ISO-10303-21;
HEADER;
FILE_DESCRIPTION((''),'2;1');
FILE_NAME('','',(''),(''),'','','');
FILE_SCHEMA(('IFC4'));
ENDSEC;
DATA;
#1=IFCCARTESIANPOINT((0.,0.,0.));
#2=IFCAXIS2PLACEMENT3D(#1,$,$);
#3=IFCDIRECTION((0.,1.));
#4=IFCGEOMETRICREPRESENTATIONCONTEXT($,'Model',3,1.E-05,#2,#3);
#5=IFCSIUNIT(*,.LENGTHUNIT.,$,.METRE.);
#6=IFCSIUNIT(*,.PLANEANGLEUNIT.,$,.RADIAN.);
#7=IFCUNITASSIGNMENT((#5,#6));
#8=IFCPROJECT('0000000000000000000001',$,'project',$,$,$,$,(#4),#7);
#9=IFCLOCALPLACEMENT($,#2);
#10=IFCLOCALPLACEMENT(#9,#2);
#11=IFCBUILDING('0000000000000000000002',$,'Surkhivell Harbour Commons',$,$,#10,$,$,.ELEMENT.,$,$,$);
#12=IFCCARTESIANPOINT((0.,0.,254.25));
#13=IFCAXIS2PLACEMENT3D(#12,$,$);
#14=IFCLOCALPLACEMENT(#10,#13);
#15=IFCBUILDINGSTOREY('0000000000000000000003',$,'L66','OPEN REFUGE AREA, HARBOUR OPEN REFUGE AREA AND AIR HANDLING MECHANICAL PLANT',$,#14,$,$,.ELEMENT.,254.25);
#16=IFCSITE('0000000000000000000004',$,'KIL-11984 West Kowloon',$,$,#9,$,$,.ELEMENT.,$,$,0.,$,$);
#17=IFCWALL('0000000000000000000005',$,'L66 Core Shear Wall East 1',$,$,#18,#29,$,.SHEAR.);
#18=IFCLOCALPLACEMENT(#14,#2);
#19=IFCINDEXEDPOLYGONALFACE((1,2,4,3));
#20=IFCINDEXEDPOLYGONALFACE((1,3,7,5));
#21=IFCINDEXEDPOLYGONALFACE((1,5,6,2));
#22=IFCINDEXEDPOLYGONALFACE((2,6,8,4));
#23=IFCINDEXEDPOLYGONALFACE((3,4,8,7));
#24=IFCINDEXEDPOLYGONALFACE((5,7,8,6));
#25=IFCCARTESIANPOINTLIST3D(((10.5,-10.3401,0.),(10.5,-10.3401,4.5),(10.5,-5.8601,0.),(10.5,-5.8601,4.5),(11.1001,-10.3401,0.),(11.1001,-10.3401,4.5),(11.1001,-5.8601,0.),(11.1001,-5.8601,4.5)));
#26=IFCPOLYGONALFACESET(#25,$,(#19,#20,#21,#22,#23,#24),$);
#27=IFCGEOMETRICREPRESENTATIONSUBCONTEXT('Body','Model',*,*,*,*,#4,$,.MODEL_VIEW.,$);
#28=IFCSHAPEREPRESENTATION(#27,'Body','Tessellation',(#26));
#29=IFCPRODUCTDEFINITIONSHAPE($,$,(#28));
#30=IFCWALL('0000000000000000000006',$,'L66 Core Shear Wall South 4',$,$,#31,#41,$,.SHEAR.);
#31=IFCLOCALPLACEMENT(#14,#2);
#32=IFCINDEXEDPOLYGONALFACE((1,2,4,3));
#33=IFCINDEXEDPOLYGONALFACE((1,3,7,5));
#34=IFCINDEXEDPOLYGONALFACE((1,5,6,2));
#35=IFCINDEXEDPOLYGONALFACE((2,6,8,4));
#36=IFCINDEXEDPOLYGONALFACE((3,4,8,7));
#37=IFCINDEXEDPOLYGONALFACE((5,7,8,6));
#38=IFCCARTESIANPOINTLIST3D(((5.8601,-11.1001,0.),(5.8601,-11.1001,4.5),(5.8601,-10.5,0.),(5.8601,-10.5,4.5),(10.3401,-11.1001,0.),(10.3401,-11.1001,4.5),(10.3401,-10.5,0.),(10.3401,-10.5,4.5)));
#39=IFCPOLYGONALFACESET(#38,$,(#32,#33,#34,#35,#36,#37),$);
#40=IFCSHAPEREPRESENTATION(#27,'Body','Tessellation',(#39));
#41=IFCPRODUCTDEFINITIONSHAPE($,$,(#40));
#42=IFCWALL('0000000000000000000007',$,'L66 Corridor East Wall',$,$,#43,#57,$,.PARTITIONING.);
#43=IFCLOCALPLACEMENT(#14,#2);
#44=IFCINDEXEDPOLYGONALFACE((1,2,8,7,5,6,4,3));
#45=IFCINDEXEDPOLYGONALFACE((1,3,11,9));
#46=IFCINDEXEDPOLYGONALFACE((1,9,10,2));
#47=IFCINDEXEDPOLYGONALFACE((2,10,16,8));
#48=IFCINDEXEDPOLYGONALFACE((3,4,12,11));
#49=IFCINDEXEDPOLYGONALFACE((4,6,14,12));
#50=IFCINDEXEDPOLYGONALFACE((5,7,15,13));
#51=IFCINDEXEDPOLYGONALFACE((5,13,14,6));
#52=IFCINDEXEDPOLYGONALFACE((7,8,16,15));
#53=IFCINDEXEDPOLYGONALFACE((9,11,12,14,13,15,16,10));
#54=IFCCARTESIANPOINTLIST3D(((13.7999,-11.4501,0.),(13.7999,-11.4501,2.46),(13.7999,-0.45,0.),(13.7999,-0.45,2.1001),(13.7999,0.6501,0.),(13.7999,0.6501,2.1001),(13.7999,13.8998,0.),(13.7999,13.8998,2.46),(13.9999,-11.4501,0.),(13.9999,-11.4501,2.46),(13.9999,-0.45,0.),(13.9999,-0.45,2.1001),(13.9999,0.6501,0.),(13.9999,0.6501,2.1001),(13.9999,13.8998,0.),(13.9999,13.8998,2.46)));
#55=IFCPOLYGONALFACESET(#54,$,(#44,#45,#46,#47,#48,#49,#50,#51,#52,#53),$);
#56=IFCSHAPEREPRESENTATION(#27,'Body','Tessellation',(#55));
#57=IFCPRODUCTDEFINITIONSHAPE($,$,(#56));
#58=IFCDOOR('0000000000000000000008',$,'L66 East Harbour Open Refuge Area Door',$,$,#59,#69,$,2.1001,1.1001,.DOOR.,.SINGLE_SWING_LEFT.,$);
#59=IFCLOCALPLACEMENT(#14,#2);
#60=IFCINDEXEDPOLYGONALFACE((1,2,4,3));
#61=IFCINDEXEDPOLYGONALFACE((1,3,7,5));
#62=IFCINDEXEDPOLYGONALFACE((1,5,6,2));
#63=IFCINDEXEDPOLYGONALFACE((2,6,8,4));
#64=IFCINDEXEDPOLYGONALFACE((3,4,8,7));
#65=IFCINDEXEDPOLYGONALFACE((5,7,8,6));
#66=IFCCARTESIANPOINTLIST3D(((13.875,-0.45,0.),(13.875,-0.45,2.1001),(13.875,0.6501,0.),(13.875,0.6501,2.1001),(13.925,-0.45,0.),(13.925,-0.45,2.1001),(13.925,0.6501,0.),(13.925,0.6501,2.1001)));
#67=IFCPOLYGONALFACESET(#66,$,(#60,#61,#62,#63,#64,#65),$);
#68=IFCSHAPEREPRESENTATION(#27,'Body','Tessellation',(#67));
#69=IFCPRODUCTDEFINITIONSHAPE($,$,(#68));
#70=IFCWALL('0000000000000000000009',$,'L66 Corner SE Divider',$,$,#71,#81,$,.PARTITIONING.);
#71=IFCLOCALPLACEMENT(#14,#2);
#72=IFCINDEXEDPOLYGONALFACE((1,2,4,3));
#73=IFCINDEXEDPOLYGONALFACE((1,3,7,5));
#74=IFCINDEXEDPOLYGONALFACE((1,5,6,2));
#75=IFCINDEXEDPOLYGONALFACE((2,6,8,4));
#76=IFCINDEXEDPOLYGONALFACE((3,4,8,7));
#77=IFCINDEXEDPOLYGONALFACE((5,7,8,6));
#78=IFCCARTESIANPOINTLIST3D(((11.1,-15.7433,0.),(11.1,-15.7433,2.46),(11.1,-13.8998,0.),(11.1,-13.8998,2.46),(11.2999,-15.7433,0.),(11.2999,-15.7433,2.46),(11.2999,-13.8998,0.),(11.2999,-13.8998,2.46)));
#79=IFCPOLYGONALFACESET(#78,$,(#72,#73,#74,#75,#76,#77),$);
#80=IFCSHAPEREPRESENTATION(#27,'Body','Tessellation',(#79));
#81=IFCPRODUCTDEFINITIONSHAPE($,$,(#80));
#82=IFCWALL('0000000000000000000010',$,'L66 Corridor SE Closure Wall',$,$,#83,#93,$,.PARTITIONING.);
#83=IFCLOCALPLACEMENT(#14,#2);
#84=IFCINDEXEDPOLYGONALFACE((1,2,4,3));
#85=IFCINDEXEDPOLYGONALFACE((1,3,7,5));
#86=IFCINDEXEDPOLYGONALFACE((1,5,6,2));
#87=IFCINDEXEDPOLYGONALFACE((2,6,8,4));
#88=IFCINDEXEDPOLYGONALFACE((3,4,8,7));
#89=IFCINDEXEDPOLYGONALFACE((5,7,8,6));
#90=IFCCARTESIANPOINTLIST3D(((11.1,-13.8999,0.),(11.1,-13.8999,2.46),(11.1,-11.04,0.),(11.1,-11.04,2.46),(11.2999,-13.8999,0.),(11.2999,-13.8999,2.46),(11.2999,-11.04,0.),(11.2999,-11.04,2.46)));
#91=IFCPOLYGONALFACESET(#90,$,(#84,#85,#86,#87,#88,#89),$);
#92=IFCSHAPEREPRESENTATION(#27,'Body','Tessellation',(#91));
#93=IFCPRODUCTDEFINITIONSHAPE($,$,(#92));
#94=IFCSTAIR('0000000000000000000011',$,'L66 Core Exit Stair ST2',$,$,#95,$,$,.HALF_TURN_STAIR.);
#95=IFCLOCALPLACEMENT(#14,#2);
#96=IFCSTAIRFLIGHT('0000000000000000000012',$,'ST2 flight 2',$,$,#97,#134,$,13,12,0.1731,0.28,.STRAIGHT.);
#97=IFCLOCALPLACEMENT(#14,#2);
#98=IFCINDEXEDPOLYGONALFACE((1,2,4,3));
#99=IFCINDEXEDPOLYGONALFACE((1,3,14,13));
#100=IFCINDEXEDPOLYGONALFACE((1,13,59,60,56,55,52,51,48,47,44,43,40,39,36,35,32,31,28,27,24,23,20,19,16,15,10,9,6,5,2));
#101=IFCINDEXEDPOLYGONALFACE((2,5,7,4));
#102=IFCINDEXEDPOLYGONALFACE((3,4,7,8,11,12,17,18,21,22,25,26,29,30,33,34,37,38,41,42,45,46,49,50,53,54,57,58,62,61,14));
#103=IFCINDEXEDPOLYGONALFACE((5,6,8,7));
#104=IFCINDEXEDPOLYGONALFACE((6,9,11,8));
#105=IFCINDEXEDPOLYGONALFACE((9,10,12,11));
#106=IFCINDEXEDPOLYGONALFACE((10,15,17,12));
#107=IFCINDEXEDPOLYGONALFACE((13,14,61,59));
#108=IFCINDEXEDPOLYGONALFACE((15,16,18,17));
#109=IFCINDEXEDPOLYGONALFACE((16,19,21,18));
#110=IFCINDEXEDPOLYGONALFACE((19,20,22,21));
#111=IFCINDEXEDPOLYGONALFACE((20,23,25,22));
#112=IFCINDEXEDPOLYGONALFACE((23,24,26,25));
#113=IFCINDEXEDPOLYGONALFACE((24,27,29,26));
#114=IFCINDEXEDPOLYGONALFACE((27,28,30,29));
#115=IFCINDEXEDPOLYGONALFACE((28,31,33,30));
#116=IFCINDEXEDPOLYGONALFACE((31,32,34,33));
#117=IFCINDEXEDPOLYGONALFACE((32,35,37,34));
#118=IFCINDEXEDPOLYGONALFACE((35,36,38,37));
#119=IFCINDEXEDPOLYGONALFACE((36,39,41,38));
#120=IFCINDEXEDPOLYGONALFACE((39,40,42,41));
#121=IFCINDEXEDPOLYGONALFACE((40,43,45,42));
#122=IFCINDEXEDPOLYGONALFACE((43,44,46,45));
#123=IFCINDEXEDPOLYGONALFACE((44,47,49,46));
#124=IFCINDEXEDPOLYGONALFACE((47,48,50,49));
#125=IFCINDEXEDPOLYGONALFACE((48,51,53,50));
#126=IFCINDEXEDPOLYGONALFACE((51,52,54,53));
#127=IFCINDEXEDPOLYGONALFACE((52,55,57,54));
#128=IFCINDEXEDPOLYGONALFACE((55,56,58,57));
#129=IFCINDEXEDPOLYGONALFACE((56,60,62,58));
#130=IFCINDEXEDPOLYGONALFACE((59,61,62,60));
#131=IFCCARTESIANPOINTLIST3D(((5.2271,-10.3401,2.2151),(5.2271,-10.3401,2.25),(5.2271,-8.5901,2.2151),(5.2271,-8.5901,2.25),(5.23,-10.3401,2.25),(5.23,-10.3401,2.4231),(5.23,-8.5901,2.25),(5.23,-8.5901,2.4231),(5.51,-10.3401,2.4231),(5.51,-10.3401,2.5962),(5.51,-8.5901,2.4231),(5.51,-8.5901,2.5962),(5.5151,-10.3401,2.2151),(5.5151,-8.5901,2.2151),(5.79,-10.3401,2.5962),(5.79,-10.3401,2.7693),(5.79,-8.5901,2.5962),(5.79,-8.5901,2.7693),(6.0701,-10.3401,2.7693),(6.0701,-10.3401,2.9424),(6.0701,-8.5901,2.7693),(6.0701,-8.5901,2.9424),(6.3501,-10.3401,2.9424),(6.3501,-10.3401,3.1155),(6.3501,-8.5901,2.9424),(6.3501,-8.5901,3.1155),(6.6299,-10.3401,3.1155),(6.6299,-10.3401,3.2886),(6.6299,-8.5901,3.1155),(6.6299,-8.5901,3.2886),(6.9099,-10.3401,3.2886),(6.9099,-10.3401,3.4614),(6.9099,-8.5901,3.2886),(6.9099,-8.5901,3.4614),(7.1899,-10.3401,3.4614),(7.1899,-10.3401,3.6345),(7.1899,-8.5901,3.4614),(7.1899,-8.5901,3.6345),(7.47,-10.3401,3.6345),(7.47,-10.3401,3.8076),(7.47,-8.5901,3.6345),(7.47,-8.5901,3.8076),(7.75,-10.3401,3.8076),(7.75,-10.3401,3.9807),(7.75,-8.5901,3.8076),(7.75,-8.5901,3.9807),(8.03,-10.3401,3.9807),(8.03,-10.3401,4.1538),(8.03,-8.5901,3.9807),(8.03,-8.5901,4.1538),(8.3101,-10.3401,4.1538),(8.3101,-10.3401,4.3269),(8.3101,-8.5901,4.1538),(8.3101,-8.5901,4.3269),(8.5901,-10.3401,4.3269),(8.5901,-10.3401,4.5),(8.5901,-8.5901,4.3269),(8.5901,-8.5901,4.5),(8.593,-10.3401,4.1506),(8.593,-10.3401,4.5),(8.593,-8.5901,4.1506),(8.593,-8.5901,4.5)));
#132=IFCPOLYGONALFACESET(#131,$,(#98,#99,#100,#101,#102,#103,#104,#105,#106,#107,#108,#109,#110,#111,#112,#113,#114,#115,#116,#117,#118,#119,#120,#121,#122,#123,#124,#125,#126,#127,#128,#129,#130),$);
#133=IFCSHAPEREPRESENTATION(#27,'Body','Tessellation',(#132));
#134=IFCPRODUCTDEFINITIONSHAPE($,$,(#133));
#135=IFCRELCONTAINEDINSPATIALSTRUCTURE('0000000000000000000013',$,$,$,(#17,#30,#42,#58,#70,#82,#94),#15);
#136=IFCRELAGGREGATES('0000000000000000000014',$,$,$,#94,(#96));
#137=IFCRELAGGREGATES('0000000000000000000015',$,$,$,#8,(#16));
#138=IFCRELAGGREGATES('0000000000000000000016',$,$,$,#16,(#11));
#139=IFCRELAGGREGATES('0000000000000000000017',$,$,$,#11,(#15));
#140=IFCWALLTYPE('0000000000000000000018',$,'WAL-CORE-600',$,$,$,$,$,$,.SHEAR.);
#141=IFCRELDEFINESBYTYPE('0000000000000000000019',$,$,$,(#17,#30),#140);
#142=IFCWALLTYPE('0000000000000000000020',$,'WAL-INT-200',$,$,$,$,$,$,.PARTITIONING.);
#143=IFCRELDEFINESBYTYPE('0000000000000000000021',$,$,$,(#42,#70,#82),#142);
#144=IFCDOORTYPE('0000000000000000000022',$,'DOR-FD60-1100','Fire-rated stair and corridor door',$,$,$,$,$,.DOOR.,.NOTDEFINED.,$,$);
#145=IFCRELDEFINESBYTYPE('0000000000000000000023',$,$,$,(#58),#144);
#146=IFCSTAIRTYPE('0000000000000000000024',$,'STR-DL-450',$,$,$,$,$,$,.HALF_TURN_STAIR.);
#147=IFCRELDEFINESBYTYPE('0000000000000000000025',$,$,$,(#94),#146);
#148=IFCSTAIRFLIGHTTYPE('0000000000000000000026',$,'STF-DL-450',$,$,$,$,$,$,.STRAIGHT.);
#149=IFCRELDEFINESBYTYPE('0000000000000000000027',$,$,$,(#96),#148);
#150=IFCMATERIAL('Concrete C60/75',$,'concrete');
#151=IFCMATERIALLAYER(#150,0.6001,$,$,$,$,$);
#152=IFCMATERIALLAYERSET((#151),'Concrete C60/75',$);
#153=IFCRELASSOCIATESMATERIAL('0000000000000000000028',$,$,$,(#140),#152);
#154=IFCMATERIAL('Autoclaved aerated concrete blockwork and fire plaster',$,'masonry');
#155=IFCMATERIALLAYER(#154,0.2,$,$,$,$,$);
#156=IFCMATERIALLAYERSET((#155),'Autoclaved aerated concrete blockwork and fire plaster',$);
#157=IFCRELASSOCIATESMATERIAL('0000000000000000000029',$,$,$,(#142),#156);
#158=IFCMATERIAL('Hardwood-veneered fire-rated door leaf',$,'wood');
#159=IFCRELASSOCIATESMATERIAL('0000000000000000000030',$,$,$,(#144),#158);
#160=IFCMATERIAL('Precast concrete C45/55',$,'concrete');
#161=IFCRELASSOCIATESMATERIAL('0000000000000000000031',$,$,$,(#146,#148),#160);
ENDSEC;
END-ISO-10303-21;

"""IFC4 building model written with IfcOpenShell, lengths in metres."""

from ifc_helpers import new_model, si_unit, direction, frame, frame_2d, origin, place, context, subcontext, project, spatial, polyline, rectangle, outline, extrude, material, layer, layer_set, type_object, element, fill, aggregate, save


model = new_model("IFC4")

# Units and contexts
model_context = context("Model", 3, precision=1e-05, world=origin(), true_north=direction((0.0, 1.0)))
body_context = subcontext(model_context, "Body", "Model", "MODEL_VIEW")
ifc_project = project(units=[si_unit("LENGTHUNIT", "METRE"), si_unit("PLANEANGLEUNIT", "RADIAN")], contexts=[model_context])

# Site, building, storey
site_placement = place(None, origin())
site = spatial("IfcSite", under=ifc_project, at=site_placement, Name="KIL-11984 West Kowloon", CompositionType="ELEMENT", RefElevation=0.0)
building_placement = place(site_placement, origin())
building = spatial("IfcBuilding", under=site, at=building_placement, Name="Surkhivell Harbour Commons", CompositionType="ELEMENT")
storey_placement = place(building_placement, frame((0.0, 0.0, 254.25)))
storey = spatial("IfcBuildingStorey", under=building, at=storey_placement, Name="L66", Description="OPEN REFUGE AREA, HARBOUR OPEN REFUGE AREA AND AIR HANDLING MECHANICAL PLANT", CompositionType="ELEMENT", Elevation=254.25)

# Shared definitions
ifc_material_1 = material(Name="Concrete C60/75", Category="concrete")

# Walls
ifc_layer_1 = layer(ifc_material_1, 0.6001)
ifc_layer_set_1 = layer_set([ifc_layer_1], Name="Concrete C60/75")
wall_type_1 = type_object("IfcWallType", Name="WAL-CORE-600", PredefinedType="SHEAR", material=ifc_layer_set_1)
for number, where, z_axis, x_axis, name in (
    (1, (10.8, -10.3401, 0.0), (0.0, 0.0, 1.0), (0.0, 1.0, 0.0), "L66 Core Shear Wall East 1"),
    (2, (5.8601, -10.8, 0.0), (0.0, 0.0, 1.0), (1.0, 0.0, 0.0), "L66 Core Shear Wall South 4"),
):
    element("IfcWall", number, at=place(storey_placement, frame(where, z_axis=z_axis, x_axis=x_axis)), inside=storey, type_object=wall_type_1, Name=name, PredefinedType="SHEAR", context=body_context, shape_type="SweptSolid", body=[
        extrude(rectangle(XDim=4.48, YDim=0.6001, at=frame_2d((2.24, 0.0))), origin(), (0.0, 0.0, 1.0), 4.5),
    ])

# Wall, opening, door
ifc_material_2 = material(Name="Autoclaved aerated concrete blockwork and fire plaster", Category="masonry")
ifc_layer_2 = layer(ifc_material_2, 0.2)
ifc_layer_set_2 = layer_set([ifc_layer_2], Name="Autoclaved aerated concrete blockwork and fire plaster")
wall_type_2 = type_object("IfcWallType", Name="WAL-INT-200", PredefinedType="PARTITIONING", material=ifc_layer_set_2)
wall_1_placement = place(storey_placement, frame((13.8999, -11.45, 0.0), z_axis=(0.0, 0.0, 1.0), x_axis=(0.0, 1.0, 0.0)))
wall_1 = element("IfcWall", 3, at=wall_1_placement, inside=storey, type_object=wall_type_2, Name="L66 Corridor East Wall", PredefinedType="PARTITIONING", context=body_context, shape_type="SweptSolid", body=[
    extrude(rectangle(XDim=25.3499, YDim=0.2, at=frame_2d((12.6748, 0.0))), origin(), (0.0, 0.0, 1.0), 2.46),
])
opening_placement = place(wall_1_placement, frame((11.0, 0.0, 0.0)))
opening = element("IfcOpeningElement", 4, at=opening_placement, cuts=wall_1, PredefinedType="OPENING", context=body_context, shape_type="SweptSolid", body=[
    extrude(rectangle(XDim=1.1001, YDim=2.1001, at=frame_2d((0.55, 1.05))), frame((0.0, 0.1099, 0.0), z_axis=(0.0, -1.0, 0.0), x_axis=(1.0, 0.0, 0.0)), (0.0, 0.0, 1.0), 0.22),
])
ifc_material_3 = material(Name="Hardwood-veneered fire-rated door leaf", Category="wood")
door_type = type_object("IfcDoorType", Name="DOR-FD60-1100", Description="Fire-rated stair and corridor door", OperationType="NOTDEFINED", PredefinedType="DOOR", material=ifc_material_3)
door_placement = place(opening_placement, origin())
door = element("IfcDoor", 5, at=door_placement, inside=storey, type_object=door_type, Name="L66 East Harbour Open Refuge Area Door", OperationType="SINGLE_SWING_LEFT", OverallHeight=2.1001, OverallWidth=1.1001, PredefinedType="DOOR", context=body_context, shape_type="SweptSolid", body=[
    extrude(rectangle(XDim=1.1001, YDim=2.1001, at=frame_2d((0.55, 1.05))), frame((0.0, 0.0249, 0.0), z_axis=(0.0, -1.0, 0.0), x_axis=(1.0, 0.0, 0.0)), (0.0, 0.0, 1.0), 0.05),
])
fill(opening, door)

# Walls
wall_2_placement = place(storey_placement, frame((11.2, -15.7434, 0.0), z_axis=(0.0, 0.0, 1.0), x_axis=(0.0, 1.0, 0.0)))
element("IfcWall", 6, at=wall_2_placement, inside=storey, type_object=wall_type_2, Name="L66 Corner SE Divider", PredefinedType="PARTITIONING", context=body_context, shape_type="SweptSolid", body=[
    extrude(rectangle(XDim=1.8435, YDim=0.2, at=frame_2d((0.9219, 0.0))), origin(), (0.0, 0.0, 1.0), 2.46),
])
wall_3_placement = place(storey_placement, frame((11.2, -13.8999, 0.0), z_axis=(0.0, 0.0, 1.0), x_axis=(0.0, 1.0, 0.0)))
element("IfcWall", 7, at=wall_3_placement, inside=storey, type_object=wall_type_2, Name="L66 Corridor SE Closure Wall", PredefinedType="PARTITIONING", context=body_context, shape_type="SweptSolid", body=[
    extrude(rectangle(XDim=2.8599, YDim=0.2, at=frame_2d((1.4299, 0.0))), origin(), (0.0, 0.0, 1.0), 2.46),
])

# Stair, stair flight
ifc_material_4 = material(Name="Precast concrete C45/55", Category="concrete")
stair_type = type_object("IfcStairType", Name="STR-DL-450", PredefinedType="HALF_TURN_STAIR", material=ifc_material_4)
stair_placement = place(storey_placement, origin())
stair = element("IfcStair", 8, at=stair_placement, inside=storey, type_object=stair_type, Name="L66 Core Exit Stair ST2", PredefinedType="HALF_TURN_STAIR")
stair_flight_type = type_object("IfcStairFlightType", Name="STF-DL-450", PredefinedType="STRAIGHT", material=ifc_material_4)
stair_flight_placement = place(storey_placement, frame((5.23, -9.4651, 2.25), z_axis=(0.0, 0.0, 1.0), x_axis=(1.0, 0.0, 0.0)))
stair_flight = element("IfcStairFlight", 9, at=stair_flight_placement, type_object=stair_flight_type, Name="ST2 flight 2", NumberOfRisers=13, NumberOfTreads=12, PredefinedType="STRAIGHT", RiserHeight=0.1731, TreadLength=0.28, context=body_context, shape_type="SweptSolid", body=[
    extrude(outline(polyline([(-0.0029, -0.0349), (-0.0029, 0.0), (0.0, 0.0), (0.0, 0.1731), (0.28, 0.1731), (0.28, 0.3462), (0.5601, 0.3462), (0.5601, 0.5193), (0.8401, 0.5193), (0.8401, 0.6924), (1.1201, 0.6924), (1.1201, 0.8655), (1.3999, 0.8655), (1.3999, 1.0386), (1.6799, 1.0386), (1.6799, 1.2114), (1.96, 1.2114), (1.96, 1.3845), (2.24, 1.3845), (2.24, 1.5576), (2.52, 1.5576), (2.52, 1.7307), (2.8, 1.7307), (2.8, 1.9038), (3.0801, 1.9038), (3.0801, 2.0769), (3.3601, 2.0769), (3.3601, 2.25), (3.363, 2.25), (3.363, 1.9006), (0.2852, -0.0349), (-0.0029, -0.0349)])), frame((0.0, 0.875, 0.0), z_axis=(0.0, -1.0, 0.0), x_axis=(1.0, 0.0, 0.0)), (0.0, 0.0, 1.0), 1.75),
])
aggregate(stair, [stair_flight])

save(model, "model.ifc")
